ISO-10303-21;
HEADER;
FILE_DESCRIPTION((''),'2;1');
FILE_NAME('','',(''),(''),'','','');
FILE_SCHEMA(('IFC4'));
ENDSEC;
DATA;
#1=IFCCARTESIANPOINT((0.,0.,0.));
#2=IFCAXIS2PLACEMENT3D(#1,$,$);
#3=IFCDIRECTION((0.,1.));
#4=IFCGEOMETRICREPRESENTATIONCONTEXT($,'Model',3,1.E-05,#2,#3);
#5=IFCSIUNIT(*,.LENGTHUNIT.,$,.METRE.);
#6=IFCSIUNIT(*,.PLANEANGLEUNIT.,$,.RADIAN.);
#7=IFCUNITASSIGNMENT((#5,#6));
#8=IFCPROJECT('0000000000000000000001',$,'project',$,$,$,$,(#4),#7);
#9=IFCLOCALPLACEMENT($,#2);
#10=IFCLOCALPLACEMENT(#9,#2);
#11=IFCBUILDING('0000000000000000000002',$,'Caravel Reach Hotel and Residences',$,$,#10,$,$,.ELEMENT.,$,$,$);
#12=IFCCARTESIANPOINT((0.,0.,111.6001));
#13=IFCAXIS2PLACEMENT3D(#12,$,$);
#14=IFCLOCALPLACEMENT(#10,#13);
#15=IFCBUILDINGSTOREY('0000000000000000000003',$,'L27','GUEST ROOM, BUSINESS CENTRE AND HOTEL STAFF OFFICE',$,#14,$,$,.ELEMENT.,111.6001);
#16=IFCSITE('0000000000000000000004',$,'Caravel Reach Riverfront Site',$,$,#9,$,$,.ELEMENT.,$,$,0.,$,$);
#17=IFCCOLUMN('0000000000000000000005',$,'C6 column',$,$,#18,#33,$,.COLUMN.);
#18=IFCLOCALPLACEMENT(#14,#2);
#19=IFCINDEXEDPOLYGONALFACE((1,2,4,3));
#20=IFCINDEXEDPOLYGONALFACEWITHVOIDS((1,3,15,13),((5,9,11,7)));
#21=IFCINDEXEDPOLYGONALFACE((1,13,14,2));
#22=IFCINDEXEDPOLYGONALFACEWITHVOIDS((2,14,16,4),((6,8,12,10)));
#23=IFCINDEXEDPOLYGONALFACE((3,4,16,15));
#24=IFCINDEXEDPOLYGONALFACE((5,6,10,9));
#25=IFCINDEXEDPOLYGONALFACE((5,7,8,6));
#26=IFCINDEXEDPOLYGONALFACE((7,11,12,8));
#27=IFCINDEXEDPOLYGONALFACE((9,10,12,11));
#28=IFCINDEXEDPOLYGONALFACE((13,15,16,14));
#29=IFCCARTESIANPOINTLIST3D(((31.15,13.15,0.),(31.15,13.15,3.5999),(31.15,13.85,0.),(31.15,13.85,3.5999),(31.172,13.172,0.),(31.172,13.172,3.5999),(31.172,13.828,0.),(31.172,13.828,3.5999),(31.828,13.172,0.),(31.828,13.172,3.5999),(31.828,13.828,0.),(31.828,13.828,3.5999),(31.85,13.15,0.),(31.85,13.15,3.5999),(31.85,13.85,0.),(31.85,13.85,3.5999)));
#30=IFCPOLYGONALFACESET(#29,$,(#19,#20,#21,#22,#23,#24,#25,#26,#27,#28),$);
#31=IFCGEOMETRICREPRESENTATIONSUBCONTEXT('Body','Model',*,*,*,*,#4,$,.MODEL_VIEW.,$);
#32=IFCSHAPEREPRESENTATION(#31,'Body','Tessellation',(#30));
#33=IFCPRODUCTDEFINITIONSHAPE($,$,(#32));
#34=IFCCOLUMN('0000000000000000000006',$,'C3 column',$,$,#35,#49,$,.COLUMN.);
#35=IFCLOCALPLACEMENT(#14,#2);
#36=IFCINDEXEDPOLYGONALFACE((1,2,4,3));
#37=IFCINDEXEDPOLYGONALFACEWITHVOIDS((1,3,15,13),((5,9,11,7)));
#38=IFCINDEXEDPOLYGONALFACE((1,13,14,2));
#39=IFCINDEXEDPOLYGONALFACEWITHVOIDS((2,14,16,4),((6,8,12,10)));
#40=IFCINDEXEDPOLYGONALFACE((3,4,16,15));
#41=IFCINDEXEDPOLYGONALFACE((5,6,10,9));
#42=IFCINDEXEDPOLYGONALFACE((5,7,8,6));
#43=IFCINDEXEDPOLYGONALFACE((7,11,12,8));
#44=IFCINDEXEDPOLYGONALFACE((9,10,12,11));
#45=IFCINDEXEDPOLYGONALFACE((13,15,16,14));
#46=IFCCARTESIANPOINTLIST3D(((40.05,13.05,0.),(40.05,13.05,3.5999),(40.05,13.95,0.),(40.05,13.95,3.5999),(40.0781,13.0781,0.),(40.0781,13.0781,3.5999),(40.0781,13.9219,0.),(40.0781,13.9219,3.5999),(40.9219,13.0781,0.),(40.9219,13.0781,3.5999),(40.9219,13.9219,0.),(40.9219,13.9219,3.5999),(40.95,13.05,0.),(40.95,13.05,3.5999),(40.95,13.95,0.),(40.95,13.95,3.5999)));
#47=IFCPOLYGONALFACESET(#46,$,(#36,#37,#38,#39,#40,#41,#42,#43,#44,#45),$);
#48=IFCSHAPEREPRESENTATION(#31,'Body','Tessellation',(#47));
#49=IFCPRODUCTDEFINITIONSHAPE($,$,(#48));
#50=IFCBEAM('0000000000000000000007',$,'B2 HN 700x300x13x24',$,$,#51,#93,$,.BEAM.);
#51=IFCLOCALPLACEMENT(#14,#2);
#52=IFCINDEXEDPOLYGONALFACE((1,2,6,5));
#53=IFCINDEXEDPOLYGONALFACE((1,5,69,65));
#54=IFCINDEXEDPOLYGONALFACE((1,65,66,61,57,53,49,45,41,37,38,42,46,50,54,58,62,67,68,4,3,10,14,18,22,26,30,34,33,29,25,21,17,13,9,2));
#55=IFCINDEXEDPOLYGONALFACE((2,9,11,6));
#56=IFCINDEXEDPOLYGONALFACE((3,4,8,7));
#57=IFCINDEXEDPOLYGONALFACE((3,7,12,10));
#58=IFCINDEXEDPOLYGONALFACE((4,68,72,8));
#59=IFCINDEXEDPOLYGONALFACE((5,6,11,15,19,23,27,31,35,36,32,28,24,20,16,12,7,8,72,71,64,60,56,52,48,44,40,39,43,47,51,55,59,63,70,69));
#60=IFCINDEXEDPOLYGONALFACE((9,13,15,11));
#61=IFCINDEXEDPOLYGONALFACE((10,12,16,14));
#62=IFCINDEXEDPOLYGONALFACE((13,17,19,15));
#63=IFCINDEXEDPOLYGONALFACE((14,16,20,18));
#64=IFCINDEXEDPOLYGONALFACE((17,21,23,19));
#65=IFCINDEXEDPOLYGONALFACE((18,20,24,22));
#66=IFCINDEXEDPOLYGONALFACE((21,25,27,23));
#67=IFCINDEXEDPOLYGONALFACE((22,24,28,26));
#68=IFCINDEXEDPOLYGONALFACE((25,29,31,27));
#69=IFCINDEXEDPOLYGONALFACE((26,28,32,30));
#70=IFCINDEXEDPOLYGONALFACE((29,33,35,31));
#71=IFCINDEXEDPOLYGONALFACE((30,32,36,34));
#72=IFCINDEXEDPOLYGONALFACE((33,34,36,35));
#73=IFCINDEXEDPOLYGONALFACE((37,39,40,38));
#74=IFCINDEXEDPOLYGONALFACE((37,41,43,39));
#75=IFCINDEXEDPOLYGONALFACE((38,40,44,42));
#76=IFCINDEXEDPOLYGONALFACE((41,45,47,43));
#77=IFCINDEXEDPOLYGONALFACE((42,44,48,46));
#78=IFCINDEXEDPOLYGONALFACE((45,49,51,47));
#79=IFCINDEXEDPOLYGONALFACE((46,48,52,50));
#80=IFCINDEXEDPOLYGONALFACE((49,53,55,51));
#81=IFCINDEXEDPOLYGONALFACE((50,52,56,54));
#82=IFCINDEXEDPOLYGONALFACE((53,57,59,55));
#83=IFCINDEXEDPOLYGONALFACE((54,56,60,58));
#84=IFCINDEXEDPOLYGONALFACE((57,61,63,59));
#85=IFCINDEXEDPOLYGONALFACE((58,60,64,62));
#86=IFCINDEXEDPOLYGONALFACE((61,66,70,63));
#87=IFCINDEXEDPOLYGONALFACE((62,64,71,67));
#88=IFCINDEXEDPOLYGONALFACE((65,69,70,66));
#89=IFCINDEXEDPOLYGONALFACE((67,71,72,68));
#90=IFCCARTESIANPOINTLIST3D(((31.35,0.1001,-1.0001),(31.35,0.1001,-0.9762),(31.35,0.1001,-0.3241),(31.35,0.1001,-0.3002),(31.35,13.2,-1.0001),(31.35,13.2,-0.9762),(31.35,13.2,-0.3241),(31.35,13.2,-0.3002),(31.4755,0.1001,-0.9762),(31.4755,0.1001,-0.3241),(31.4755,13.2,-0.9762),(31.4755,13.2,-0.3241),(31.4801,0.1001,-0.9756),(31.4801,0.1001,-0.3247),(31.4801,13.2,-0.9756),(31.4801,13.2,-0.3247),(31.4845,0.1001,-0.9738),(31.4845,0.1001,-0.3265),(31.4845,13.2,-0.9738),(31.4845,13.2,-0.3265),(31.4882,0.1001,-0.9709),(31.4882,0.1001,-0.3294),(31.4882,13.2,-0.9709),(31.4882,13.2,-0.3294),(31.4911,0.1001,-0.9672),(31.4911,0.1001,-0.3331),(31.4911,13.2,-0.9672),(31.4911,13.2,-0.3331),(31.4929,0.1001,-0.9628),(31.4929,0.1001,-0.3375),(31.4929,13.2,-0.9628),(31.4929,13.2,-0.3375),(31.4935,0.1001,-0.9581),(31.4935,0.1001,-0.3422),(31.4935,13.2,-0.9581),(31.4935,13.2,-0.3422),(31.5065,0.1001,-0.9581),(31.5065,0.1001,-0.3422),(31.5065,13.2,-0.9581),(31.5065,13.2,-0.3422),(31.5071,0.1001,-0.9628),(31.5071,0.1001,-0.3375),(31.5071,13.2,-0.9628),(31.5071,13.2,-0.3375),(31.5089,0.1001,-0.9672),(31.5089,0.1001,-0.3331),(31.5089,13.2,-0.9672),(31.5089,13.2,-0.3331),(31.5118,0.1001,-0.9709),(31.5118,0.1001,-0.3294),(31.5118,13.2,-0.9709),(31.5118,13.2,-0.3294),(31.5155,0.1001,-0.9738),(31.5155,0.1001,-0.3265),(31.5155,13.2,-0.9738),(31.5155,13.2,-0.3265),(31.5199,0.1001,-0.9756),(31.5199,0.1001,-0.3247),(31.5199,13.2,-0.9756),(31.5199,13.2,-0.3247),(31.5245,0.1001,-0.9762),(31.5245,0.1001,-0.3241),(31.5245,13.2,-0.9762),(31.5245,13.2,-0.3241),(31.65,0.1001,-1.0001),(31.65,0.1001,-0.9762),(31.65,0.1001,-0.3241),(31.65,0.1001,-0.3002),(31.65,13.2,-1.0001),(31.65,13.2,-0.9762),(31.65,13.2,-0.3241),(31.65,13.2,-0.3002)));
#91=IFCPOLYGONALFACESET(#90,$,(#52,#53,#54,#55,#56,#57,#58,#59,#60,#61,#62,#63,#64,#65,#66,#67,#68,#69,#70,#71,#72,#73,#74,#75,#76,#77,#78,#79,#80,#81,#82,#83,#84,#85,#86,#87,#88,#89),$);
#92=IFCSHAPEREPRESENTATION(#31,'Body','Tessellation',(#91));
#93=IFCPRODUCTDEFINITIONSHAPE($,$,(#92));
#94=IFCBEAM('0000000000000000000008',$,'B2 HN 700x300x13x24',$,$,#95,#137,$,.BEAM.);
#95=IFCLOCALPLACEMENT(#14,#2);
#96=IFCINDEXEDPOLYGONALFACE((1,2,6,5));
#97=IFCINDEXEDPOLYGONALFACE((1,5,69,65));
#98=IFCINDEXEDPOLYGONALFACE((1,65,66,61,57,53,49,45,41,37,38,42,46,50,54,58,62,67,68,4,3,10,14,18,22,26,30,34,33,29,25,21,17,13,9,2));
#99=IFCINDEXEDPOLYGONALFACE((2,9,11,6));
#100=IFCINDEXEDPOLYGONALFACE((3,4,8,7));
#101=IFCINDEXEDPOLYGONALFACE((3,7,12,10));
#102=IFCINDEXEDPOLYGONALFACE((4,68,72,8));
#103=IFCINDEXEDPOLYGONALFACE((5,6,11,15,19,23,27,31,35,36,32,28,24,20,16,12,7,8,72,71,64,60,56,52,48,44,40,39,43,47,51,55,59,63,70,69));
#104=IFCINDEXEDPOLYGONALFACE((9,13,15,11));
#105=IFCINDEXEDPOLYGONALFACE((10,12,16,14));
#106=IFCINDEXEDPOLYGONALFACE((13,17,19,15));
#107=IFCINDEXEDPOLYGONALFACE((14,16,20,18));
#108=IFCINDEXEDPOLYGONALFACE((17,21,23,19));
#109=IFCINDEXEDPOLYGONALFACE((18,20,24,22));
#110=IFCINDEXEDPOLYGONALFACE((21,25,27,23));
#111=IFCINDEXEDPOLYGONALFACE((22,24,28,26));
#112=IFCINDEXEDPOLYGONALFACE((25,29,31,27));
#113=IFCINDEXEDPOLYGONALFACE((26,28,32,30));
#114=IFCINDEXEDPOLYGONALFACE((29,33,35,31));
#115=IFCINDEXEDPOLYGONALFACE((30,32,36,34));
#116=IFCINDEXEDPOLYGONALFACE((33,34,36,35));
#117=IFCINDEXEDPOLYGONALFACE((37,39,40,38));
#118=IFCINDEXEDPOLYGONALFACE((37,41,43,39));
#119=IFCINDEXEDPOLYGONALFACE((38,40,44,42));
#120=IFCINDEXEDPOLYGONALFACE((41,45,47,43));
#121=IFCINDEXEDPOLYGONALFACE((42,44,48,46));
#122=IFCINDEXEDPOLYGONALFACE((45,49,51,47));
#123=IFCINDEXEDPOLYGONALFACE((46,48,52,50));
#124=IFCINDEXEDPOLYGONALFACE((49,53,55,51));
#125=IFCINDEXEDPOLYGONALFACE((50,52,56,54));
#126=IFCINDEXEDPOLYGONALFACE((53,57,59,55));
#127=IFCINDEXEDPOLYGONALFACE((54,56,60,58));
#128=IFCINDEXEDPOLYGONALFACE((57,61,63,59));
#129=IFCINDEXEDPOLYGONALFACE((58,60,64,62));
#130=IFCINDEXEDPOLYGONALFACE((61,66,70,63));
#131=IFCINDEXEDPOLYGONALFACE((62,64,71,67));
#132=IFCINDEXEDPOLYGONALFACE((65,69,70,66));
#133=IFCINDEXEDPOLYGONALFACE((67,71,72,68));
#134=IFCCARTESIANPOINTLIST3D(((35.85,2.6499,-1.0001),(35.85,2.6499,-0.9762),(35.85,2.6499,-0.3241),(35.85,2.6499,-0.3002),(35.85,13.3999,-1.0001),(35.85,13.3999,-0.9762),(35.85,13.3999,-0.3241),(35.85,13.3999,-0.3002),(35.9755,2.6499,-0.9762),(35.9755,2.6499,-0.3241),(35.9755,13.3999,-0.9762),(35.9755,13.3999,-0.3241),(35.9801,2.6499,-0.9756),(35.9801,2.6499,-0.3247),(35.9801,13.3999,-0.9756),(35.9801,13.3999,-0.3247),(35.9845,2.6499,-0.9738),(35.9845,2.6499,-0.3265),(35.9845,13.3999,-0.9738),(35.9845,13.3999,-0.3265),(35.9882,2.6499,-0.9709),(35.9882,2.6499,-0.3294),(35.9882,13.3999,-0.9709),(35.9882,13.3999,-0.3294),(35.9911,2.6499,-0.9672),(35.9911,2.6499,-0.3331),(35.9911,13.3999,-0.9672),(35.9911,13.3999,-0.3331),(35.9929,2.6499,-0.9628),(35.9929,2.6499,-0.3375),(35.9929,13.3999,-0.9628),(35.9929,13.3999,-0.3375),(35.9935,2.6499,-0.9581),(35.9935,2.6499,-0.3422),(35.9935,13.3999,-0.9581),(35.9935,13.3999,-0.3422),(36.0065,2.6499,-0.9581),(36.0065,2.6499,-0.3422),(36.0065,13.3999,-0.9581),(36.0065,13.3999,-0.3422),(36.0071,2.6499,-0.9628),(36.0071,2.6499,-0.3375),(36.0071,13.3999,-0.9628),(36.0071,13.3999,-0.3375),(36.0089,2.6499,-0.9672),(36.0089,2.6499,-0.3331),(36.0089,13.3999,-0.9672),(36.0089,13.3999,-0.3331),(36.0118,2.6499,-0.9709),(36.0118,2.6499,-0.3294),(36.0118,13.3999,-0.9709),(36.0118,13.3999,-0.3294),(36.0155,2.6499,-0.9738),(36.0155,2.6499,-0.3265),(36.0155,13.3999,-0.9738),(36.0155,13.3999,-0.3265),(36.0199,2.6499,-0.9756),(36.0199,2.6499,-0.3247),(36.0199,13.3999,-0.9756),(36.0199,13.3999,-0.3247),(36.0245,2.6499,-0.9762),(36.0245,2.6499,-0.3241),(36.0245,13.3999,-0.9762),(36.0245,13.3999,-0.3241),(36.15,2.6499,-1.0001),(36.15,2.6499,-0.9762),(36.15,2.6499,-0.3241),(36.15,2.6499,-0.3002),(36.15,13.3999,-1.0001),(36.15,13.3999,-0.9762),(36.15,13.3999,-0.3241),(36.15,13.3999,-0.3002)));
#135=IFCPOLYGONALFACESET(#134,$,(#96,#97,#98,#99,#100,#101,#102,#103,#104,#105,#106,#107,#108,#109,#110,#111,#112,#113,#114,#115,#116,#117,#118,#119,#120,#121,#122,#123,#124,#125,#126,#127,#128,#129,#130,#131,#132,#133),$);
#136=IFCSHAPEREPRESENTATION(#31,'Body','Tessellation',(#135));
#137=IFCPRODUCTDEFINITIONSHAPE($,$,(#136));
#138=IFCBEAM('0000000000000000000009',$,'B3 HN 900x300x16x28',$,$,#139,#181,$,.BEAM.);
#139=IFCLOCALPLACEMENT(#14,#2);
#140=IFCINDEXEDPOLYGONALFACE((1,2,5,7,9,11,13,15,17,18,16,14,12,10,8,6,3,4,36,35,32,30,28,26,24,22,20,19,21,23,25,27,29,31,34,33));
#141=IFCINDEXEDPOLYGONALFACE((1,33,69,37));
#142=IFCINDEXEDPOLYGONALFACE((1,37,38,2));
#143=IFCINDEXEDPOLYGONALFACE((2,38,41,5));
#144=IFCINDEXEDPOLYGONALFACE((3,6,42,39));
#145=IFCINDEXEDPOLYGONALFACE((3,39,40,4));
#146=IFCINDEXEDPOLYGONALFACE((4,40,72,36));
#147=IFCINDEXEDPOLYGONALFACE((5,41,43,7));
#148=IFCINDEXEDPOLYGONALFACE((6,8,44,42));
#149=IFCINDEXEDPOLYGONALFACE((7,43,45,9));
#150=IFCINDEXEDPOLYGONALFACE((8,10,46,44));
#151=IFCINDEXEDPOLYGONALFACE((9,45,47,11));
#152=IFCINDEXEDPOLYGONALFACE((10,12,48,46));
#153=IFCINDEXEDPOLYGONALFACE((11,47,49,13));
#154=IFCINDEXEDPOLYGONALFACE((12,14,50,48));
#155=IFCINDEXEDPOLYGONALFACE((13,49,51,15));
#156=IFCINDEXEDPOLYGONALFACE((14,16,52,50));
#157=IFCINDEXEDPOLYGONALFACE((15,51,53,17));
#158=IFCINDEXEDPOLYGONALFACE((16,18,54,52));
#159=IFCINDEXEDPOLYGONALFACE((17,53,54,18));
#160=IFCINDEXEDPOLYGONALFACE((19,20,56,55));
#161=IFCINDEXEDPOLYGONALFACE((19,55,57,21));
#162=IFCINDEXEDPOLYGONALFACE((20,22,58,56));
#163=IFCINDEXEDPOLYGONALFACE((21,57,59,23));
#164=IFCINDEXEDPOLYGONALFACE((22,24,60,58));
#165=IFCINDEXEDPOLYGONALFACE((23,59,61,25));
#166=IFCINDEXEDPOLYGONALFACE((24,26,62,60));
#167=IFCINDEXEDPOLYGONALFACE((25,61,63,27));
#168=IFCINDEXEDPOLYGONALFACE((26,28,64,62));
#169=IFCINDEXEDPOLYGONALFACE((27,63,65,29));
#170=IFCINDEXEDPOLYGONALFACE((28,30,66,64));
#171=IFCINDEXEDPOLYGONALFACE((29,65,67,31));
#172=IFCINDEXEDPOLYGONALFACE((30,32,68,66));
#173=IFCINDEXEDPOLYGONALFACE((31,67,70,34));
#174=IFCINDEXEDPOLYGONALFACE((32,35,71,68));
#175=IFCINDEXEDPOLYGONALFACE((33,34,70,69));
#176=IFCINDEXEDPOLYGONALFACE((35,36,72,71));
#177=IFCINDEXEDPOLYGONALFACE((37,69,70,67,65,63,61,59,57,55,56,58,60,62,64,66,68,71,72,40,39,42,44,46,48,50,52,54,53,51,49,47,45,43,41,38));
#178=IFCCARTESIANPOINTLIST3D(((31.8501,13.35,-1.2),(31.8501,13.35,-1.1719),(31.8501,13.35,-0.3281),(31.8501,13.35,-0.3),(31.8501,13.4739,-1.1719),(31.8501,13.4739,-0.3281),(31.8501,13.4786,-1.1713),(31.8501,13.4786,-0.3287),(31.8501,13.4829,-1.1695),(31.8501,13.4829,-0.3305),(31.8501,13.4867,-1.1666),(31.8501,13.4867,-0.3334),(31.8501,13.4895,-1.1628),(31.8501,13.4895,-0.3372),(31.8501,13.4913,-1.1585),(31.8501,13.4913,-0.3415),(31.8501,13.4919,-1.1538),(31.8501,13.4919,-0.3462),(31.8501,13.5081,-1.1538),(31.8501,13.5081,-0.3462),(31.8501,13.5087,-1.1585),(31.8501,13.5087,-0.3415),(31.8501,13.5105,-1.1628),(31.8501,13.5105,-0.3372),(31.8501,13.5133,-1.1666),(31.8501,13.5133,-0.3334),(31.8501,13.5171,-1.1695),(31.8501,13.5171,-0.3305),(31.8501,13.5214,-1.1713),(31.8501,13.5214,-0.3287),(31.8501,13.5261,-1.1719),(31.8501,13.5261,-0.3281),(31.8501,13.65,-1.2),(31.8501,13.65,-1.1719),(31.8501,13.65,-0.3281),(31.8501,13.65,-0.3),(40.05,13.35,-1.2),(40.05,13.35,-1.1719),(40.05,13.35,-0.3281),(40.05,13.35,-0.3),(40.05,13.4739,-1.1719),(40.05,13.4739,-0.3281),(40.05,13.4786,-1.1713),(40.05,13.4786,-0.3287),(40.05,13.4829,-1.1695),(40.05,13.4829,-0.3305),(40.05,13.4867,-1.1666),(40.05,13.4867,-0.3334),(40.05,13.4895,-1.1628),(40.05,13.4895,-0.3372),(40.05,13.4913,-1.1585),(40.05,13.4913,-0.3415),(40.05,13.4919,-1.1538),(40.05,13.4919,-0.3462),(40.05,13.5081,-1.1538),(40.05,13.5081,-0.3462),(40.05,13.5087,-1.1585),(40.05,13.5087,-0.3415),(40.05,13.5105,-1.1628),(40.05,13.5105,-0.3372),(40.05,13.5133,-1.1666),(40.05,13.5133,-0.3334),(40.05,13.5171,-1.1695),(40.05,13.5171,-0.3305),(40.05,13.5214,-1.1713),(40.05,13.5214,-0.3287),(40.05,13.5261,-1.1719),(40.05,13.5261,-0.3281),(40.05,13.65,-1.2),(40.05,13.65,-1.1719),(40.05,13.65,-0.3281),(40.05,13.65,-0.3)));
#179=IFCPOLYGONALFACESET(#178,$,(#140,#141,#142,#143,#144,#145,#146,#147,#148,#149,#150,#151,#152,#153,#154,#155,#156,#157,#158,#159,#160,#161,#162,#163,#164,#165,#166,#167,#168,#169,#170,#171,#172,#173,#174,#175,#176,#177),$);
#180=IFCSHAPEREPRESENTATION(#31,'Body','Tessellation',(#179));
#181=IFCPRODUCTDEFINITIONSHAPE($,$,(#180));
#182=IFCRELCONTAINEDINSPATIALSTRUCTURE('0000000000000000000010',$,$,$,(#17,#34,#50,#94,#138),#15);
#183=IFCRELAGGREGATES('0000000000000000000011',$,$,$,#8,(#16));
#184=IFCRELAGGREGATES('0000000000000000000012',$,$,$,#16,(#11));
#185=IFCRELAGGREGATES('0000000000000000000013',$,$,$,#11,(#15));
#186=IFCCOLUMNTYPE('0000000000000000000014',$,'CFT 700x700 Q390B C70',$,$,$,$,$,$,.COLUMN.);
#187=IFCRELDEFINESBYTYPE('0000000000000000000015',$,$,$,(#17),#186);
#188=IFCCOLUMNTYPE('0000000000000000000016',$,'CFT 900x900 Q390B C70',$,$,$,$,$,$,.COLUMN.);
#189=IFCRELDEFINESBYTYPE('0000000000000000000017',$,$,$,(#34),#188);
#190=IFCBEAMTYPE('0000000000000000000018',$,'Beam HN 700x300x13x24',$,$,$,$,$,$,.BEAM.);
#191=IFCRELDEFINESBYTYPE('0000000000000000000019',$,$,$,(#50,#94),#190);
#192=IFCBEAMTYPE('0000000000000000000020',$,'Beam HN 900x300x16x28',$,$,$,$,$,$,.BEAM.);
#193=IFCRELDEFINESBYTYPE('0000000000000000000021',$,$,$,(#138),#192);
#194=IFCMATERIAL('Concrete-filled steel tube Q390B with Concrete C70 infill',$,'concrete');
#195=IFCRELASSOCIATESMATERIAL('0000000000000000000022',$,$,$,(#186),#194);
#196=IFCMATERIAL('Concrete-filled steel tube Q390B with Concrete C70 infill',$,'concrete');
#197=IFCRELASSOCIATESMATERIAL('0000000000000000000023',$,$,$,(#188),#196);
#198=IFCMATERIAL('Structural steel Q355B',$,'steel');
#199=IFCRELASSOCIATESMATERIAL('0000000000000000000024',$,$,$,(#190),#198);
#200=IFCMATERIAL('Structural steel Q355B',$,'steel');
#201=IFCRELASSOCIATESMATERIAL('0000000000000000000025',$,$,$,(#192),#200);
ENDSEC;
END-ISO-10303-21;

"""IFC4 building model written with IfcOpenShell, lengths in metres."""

from ifc_helpers import new_model, si_unit, direction, frame, origin, origin_2d, place, context, subcontext, project, spatial, hollow_rectangle, i_section, extrude, material, material_profile, profile_set, type_object, element, save


model = new_model("IFC4")

# Units and contexts
model_context = context("Model", 3, precision=1e-05, world=origin(), true_north=direction((0.0, 1.0)))
body_context = subcontext(model_context, "Body", "Model", "MODEL_VIEW")
ifc_project = project(units=[si_unit("LENGTHUNIT", "METRE"), si_unit("PLANEANGLEUNIT", "RADIAN")], contexts=[model_context])

# Site, building, storey
site_placement = place(None, origin())
site = spatial("IfcSite", under=ifc_project, at=site_placement, Name="Caravel Reach Riverfront Site", CompositionType="ELEMENT", RefElevation=0.0)
building_placement = place(site_placement, origin())
building = spatial("IfcBuilding", under=site, at=building_placement, Name="Caravel Reach Hotel and Residences", CompositionType="ELEMENT")
storey_placement = place(building_placement, frame((0.0, 0.0, 111.6001)))
storey = spatial("IfcBuildingStorey", under=building, at=storey_placement, Name="L27", Description="GUEST ROOM, BUSINESS CENTRE AND HOTEL STAFF OFFICE", CompositionType="ELEMENT", Elevation=111.6001)

# Columns
ifc_material_1 = material(Name="Concrete-filled steel tube Q390B with Concrete C70 infill", Category="concrete")
ifc_material_profile_1 = material_profile(ifc_material_1, hollow_rectangle(XDim=0.7, YDim=0.7, WallThickness=0.022, at=origin_2d()), Name="RHS 700x700x22")
ifc_profile_set_1 = profile_set([ifc_material_profile_1], Name="Concrete-filled steel tube Q390B with Concrete C70 infill")
column_type_1 = type_object("IfcColumnType", Name="CFT 700x700 Q390B C70", PredefinedType="COLUMN", material=ifc_profile_set_1)
column_1_placement = place(storey_placement, frame((31.5, 13.5, 0.0), z_axis=(0.0, 0.0, 1.0), x_axis=(1.0, 0.0, 0.0)))
element("IfcColumn", 1, at=column_1_placement, inside=storey, type_object=column_type_1, Name="C6 column", PredefinedType="COLUMN", context=body_context, shape_type="SweptSolid", body=[
    extrude(hollow_rectangle(XDim=0.7, YDim=0.7, WallThickness=0.022, at=origin_2d()), origin(), (0.0, 0.0, 1.0), 3.5999),
])
ifc_material_2 = material(Name="Concrete-filled steel tube Q390B with Concrete C70 infill", Category="concrete")
ifc_material_profile_2 = material_profile(ifc_material_2, hollow_rectangle(XDim=0.8999, YDim=0.8999, WallThickness=0.0281, at=origin_2d()), Name="RHS 900x900x28")
ifc_profile_set_2 = profile_set([ifc_material_profile_2], Name="Concrete-filled steel tube Q390B with Concrete C70 infill")
column_type_2 = type_object("IfcColumnType", Name="CFT 900x900 Q390B C70", PredefinedType="COLUMN", material=ifc_profile_set_2)
column_2_placement = place(storey_placement, frame((40.5, 13.5, 0.0), z_axis=(0.0, 0.0, 1.0), x_axis=(1.0, 0.0, 0.0)))
element("IfcColumn", 2, at=column_2_placement, inside=storey, type_object=column_type_2, Name="C3 column", PredefinedType="COLUMN", context=body_context, shape_type="SweptSolid", body=[
    extrude(hollow_rectangle(XDim=0.8999, YDim=0.8999, WallThickness=0.0281, at=origin_2d()), origin(), (0.0, 0.0, 1.0), 3.5999),
])

# Beams
ifc_material_3 = material(Name="Structural steel Q355B", Category="steel")
ifc_material_profile_3 = material_profile(ifc_material_3, i_section(OverallWidth=0.3, OverallDepth=0.7, WebThickness=0.0129, FlangeThickness=0.0239, FilletRadius=0.0181, at=origin_2d()), Name="HN 700x300x13x24")
ifc_profile_set_3 = profile_set([ifc_material_profile_3], Name="Structural steel Q355B")
beam_type_1 = type_object("IfcBeamType", Name="Beam HN 700x300x13x24", PredefinedType="BEAM", material=ifc_profile_set_3)
beam_1_placement = place(storey_placement, frame((31.5, 13.2, -0.6501), z_axis=(0.0, -1.0, 0.0), x_axis=(1.0, 0.0, 0.0)))
element("IfcBeam", 3, at=beam_1_placement, inside=storey, type_object=beam_type_1, Name="B2 HN 700x300x13x24", PredefinedType="BEAM", context=body_context, shape_type="SweptSolid", body=[
    extrude(i_section(OverallWidth=0.3, OverallDepth=0.7, WebThickness=0.0129, FlangeThickness=0.0239, FilletRadius=0.0181, at=origin_2d()), origin(), (0.0, 0.0, 1.0), 13.0999),
])
beam_2_placement = place(storey_placement, frame((36.0, 13.3999, -0.6501), z_axis=(0.0, -1.0, 0.0), x_axis=(1.0, 0.0, 0.0)))
element("IfcBeam", 4, at=beam_2_placement, inside=storey, type_object=beam_type_1, Name="B2 HN 700x300x13x24", PredefinedType="BEAM", context=body_context, shape_type="SweptSolid", body=[
    extrude(i_section(OverallWidth=0.3, OverallDepth=0.7, WebThickness=0.0129, FlangeThickness=0.0239, FilletRadius=0.0181, at=origin_2d()), origin(), (0.0, 0.0, 1.0), 10.75),
])
ifc_material_4 = material(Name="Structural steel Q355B", Category="steel")
ifc_material_profile_4 = material_profile(ifc_material_4, i_section(OverallWidth=0.3, OverallDepth=0.8999, WebThickness=0.0161, FlangeThickness=0.0281, FilletRadius=0.0181, at=origin_2d()), Name="HN 900x300x16x28")
ifc_profile_set_4 = profile_set([ifc_material_profile_4], Name="Structural steel Q355B")
beam_type_2 = type_object("IfcBeamType", Name="Beam HN 900x300x16x28", PredefinedType="BEAM", material=ifc_profile_set_4)
beam_3_placement = place(storey_placement, frame((31.8501, 13.5, -0.75), z_axis=(1.0, 0.0, 0.0), x_axis=(0.0, 1.0, 0.0)))
element("IfcBeam", 5, at=beam_3_placement, inside=storey, type_object=beam_type_2, Name="B3 HN 900x300x16x28", PredefinedType="BEAM", context=body_context, shape_type="SweptSolid", body=[
    extrude(i_section(OverallWidth=0.3, OverallDepth=0.8999, WebThickness=0.0161, FlangeThickness=0.0281, FilletRadius=0.0181, at=origin_2d()), origin(), (0.0, 0.0, 1.0), 8.2),
])

save(model, "model.ifc")
